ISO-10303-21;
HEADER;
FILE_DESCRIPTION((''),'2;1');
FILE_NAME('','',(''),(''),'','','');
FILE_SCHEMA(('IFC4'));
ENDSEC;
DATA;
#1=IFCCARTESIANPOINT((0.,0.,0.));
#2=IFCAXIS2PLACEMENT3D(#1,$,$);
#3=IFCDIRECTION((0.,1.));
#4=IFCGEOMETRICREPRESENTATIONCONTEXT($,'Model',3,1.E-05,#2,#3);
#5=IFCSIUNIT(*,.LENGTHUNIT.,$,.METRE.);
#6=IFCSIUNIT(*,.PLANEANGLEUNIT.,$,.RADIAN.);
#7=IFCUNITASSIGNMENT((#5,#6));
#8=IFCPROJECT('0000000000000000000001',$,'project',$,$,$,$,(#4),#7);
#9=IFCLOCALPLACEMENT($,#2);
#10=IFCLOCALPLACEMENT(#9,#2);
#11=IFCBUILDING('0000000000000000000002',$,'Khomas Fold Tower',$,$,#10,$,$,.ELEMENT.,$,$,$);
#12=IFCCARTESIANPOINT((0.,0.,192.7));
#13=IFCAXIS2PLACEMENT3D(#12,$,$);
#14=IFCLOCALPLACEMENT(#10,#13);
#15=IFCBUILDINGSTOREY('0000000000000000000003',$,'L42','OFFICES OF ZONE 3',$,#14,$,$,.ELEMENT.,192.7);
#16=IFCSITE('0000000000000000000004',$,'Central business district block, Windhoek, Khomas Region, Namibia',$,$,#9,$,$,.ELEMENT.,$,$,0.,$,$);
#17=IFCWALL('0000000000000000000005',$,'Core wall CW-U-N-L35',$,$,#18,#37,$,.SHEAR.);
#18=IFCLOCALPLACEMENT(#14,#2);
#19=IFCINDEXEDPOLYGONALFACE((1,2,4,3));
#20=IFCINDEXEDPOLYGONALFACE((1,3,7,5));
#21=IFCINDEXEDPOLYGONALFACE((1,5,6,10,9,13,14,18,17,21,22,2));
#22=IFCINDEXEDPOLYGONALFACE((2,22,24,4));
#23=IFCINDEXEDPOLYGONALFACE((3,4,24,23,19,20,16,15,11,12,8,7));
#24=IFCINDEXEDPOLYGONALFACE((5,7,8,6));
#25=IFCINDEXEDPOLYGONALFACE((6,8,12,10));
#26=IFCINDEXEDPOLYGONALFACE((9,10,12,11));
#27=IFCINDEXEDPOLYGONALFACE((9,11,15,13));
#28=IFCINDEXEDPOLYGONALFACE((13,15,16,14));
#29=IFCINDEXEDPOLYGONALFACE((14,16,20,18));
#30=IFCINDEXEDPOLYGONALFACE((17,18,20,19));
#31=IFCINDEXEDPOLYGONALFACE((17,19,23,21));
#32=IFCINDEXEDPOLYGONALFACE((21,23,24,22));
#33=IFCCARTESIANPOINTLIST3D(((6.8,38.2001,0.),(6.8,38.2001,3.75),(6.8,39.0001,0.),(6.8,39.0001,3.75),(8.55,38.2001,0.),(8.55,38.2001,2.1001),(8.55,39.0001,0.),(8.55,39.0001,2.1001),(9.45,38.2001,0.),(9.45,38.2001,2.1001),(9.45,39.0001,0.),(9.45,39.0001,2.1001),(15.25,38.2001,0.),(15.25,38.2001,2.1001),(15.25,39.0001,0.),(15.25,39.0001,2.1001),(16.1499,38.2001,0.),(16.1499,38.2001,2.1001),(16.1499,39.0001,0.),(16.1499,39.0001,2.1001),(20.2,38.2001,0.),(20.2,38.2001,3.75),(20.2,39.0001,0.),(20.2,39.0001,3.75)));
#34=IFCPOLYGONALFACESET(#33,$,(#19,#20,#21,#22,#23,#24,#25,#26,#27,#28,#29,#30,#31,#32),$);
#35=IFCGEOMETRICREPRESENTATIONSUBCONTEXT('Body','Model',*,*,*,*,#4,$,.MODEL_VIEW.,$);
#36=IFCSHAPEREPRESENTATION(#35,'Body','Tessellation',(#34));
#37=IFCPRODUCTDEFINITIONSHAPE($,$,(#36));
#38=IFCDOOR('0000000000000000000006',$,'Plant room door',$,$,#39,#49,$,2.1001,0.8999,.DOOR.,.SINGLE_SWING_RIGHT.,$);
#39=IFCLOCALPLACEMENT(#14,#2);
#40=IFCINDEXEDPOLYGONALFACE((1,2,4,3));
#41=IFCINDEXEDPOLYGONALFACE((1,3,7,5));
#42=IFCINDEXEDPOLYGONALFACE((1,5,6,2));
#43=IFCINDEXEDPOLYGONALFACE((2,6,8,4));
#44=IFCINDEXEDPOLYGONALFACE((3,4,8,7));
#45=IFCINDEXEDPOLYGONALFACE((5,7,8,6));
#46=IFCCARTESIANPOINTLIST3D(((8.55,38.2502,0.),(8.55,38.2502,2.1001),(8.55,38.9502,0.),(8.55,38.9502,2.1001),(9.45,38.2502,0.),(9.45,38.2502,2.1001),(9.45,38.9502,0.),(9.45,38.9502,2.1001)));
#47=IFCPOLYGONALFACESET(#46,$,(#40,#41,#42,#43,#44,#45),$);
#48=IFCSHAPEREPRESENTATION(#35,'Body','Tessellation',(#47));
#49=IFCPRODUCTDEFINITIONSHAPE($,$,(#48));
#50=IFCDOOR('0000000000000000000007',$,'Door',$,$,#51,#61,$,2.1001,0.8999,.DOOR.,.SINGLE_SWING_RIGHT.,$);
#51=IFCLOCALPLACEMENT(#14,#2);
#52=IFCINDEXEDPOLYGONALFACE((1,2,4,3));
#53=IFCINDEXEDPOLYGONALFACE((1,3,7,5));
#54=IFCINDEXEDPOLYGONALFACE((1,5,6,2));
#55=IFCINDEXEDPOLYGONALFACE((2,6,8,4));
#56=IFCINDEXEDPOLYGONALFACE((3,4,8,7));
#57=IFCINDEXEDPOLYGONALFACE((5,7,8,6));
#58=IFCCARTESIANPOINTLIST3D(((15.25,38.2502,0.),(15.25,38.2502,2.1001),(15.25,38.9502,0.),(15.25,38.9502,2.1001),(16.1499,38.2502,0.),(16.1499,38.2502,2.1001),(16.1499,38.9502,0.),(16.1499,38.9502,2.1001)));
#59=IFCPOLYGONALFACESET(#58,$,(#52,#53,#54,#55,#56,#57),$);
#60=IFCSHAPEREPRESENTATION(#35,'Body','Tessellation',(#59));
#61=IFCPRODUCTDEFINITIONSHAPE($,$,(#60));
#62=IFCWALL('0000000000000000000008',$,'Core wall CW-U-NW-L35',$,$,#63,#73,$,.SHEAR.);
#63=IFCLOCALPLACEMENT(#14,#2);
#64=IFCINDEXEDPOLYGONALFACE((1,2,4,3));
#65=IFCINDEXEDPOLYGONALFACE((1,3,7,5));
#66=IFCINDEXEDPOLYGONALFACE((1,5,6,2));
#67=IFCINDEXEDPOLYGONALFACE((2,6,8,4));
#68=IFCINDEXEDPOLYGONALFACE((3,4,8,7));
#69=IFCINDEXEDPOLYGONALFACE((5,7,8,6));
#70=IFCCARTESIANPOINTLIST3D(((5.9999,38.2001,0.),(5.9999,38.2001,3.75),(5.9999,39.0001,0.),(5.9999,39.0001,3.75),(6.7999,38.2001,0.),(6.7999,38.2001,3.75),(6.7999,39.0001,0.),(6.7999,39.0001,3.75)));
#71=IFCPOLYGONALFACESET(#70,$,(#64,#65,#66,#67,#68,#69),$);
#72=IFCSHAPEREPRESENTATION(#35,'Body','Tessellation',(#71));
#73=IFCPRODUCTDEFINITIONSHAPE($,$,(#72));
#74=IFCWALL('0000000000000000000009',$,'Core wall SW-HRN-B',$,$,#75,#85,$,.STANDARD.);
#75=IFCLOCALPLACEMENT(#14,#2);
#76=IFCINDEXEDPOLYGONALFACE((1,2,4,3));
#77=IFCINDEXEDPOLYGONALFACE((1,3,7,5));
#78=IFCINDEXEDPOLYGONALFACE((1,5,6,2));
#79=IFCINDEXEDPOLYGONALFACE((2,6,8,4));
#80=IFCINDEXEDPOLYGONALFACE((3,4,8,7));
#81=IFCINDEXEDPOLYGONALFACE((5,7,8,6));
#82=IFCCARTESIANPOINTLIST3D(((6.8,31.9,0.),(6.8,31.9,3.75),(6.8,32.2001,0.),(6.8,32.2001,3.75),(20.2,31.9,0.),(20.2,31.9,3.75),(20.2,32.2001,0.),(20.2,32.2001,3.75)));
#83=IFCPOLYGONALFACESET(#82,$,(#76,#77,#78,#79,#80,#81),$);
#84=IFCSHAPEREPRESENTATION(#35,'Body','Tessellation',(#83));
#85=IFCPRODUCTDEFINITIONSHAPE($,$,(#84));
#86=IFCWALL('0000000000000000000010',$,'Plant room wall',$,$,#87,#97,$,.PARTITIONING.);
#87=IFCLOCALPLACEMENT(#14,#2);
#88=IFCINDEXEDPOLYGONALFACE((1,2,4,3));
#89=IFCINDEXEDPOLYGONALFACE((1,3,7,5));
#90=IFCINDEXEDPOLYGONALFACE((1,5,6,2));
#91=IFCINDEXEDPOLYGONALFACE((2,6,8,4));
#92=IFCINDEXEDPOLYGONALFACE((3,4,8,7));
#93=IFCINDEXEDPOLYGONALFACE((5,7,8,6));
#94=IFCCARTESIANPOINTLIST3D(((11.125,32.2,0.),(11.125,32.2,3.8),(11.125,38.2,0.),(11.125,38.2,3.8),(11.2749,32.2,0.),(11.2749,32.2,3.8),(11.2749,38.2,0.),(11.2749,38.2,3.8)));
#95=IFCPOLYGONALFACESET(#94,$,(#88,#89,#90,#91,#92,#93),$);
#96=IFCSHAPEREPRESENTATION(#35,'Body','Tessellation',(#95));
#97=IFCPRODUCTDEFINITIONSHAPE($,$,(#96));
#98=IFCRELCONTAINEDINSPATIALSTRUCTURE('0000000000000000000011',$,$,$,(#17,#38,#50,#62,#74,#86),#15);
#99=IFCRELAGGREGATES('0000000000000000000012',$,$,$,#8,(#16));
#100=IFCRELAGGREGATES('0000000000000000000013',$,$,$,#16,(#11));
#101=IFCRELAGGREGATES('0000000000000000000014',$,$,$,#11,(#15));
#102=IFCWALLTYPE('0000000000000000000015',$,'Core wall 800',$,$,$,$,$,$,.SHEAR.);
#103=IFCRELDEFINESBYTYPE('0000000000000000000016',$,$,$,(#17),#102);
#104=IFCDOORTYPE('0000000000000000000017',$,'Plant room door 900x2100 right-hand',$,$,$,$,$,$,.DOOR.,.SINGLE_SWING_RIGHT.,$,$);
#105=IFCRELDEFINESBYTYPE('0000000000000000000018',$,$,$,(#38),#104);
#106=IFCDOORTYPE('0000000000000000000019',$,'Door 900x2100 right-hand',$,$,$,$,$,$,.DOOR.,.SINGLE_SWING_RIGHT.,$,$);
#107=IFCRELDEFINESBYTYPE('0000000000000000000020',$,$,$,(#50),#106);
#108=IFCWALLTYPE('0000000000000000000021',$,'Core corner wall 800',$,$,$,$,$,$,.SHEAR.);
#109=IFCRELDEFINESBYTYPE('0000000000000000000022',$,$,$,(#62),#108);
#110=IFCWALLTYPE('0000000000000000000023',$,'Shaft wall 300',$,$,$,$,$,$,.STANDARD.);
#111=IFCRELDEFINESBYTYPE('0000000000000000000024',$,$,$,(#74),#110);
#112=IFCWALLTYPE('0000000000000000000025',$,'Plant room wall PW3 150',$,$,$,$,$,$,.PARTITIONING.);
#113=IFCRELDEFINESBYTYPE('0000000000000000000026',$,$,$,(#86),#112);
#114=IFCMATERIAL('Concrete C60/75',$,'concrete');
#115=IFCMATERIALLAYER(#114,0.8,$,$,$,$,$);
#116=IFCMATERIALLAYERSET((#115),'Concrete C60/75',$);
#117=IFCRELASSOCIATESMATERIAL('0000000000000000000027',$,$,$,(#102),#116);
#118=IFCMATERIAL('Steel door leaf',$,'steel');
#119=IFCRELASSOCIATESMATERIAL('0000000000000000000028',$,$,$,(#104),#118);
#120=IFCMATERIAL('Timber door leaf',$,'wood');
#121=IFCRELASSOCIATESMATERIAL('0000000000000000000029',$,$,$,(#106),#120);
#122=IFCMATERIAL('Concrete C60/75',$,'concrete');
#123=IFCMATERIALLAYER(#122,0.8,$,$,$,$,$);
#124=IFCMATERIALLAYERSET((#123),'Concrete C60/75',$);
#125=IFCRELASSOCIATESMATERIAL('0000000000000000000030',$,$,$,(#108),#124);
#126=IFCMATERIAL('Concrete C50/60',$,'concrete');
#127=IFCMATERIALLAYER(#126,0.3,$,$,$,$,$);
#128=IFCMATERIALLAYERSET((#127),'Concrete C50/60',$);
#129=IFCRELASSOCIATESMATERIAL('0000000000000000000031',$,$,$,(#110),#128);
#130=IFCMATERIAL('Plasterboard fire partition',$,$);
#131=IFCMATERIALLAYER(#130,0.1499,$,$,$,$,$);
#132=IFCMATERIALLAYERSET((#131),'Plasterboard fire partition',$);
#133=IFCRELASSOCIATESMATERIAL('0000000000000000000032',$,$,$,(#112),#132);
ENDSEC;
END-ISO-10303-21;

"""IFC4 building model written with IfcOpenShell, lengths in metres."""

from ifc_helpers import new_model, si_unit, direction, frame, frame_2d, origin, place, context, subcontext, project, spatial, rectangle, extrude, source, transform, mapped, material, layer, layer_set, type_object, element, fill, save


model = new_model("IFC4")

# Units and contexts
model_context = context("Model", 3, precision=1e-05, world=origin(), true_north=direction((0.0, 1.0)))
body_context = subcontext(model_context, "Body", "Model", "MODEL_VIEW")
ifc_project = project(units=[si_unit("LENGTHUNIT", "METRE"), si_unit("PLANEANGLEUNIT", "RADIAN")], contexts=[model_context])

# Site, building, storey
site_placement = place(None, origin())
site = spatial("IfcSite", under=ifc_project, at=site_placement, Name="Central business district block, Windhoek, Khomas Region, Namibia", CompositionType="ELEMENT", RefElevation=0.0)
building_placement = place(site_placement, origin())
building = spatial("IfcBuilding", under=site, at=building_placement, Name="Khomas Fold Tower", CompositionType="ELEMENT")
storey_placement = place(building_placement, frame((0.0, 0.0, 192.7)))
storey = spatial("IfcBuildingStorey", under=building, at=storey_placement, Name="L42", Description="OFFICES OF ZONE 3", CompositionType="ELEMENT", Elevation=192.7)

# Wall, openings, doors
ifc_material_1 = material(Name="Concrete C60/75", Category="concrete")
ifc_layer_1 = layer(ifc_material_1, 0.8)
ifc_layer_set_1 = layer_set([ifc_layer_1], Name="Concrete C60/75")
wall_type_1 = type_object("IfcWallType", Name="Core wall 800", PredefinedType="SHEAR", material=ifc_layer_set_1)
shared_shape_1 = source(origin(), body_context, "Body", "SweptSolid", [
    extrude(rectangle(XDim=13.3999, YDim=0.8, at=frame_2d((6.7, 0.0))), origin(), (0.0, 0.0, 1.0), 3.75),
])
wall_1_placement = place(storey_placement, frame((6.8, 38.6001, 0.0), z_axis=(0.0, 0.0, 1.0), x_axis=(1.0, 0.0, 0.0)))
wall_1 = element("IfcWall", 1, at=wall_1_placement, inside=storey, type_object=wall_type_1, Name="Core wall CW-U-N-L35", PredefinedType="SHEAR", context=body_context, shape_type="MappedRepresentation", body=[
    mapped(shared_shape_1, transform((0.0, 0.0, 0.0))),
])
shared_shape_2 = source(origin(), body_context, "Body", "SweptSolid", [
    extrude(rectangle(XDim=0.8999, YDim=2.1001, at=frame_2d((0.45, 1.05))), frame((0.0, 0.4099, 0.0), z_axis=(0.0, -1.0, 0.0), x_axis=(1.0, 0.0, 0.0)), (0.0, 0.0, 1.0), 0.8201),
])
opening_1_placement = place(wall_1_placement, frame((1.75, 0.0, 0.0)))
opening_1 = element("IfcOpeningElement", 2, at=opening_1_placement, cuts=wall_1, PredefinedType="OPENING", context=body_context, shape_type="MappedRepresentation", body=[
    mapped(shared_shape_2, transform((0.0, 0.0, 0.0))),
])
opening_2_placement = place(wall_1_placement, frame((8.45, 0.0, 0.0)))
opening_2 = element("IfcOpeningElement", 3, at=opening_2_placement, cuts=wall_1, PredefinedType="OPENING", context=body_context, shape_type="MappedRepresentation", body=[
    mapped(shared_shape_2, transform((0.0, 0.0, 0.0))),
])
ifc_material_2 = material(Name="Steel door leaf", Category="steel")
door_type_1 = type_object("IfcDoorType", Name="Plant room door 900x2100 right-hand", OperationType="SINGLE_SWING_RIGHT", PredefinedType="DOOR", material=ifc_material_2)
shared_shape_3 = source(origin(), body_context, "Body", "SweptSolid", [
    extrude(rectangle(XDim=0.8999, YDim=2.1001, at=frame_2d((0.45, 1.05))), frame((0.0, 0.3501, 0.0), z_axis=(0.0, -1.0, 0.0), x_axis=(1.0, 0.0, 0.0)), (0.0, 0.0, 1.0), 0.7),
])
door_1_placement = place(opening_1_placement, origin())
door_1 = element("IfcDoor", 4, at=door_1_placement, inside=storey, type_object=door_type_1, Name="Plant room door", OperationType="SINGLE_SWING_RIGHT", OverallHeight=2.1001, OverallWidth=0.8999, PredefinedType="DOOR", context=body_context, shape_type="MappedRepresentation", body=[
    mapped(shared_shape_3, transform((0.0, 0.0, 0.0))),
])
fill(opening_1, door_1)
ifc_material_3 = material(Name="Timber door leaf", Category="wood")
door_type_2 = type_object("IfcDoorType", Name="Door 900x2100 right-hand", OperationType="SINGLE_SWING_RIGHT", PredefinedType="DOOR", material=ifc_material_3)
door_2_placement = place(opening_2_placement, origin())
door_2 = element("IfcDoor", 5, at=door_2_placement, inside=storey, type_object=door_type_2, Name="Door", OperationType="SINGLE_SWING_RIGHT", OverallHeight=2.1001, OverallWidth=0.8999, PredefinedType="DOOR", context=body_context, shape_type="MappedRepresentation", body=[
    mapped(shared_shape_3, transform((0.0, 0.0, 0.0))),
])
fill(opening_2, door_2)

# Walls
ifc_material_4 = material(Name="Concrete C60/75", Category="concrete")
ifc_layer_2 = layer(ifc_material_4, 0.8)
ifc_layer_set_2 = layer_set([ifc_layer_2], Name="Concrete C60/75")
wall_type_2 = type_object("IfcWallType", Name="Core corner wall 800", PredefinedType="SHEAR", material=ifc_layer_set_2)
shared_shape_4 = source(origin(), body_context, "Body", "SweptSolid", [
    extrude(rectangle(XDim=0.8, YDim=0.8, at=frame_2d((0.3999, 0.0))), origin(), (0.0, 0.0, 1.0), 3.75),
])
wall_2_placement = place(storey_placement, frame((6.0, 38.6001, 0.0), z_axis=(0.0, 0.0, 1.0), x_axis=(1.0, 0.0, 0.0)))
element("IfcWall", 6, at=wall_2_placement, inside=storey, type_object=wall_type_2, Name="Core wall CW-U-NW-L35", PredefinedType="SHEAR", context=body_context, shape_type="MappedRepresentation", body=[
    mapped(shared_shape_4, transform((0.0, 0.0, 0.0))),
])
ifc_material_5 = material(Name="Concrete C50/60", Category="concrete")
ifc_layer_3 = layer(ifc_material_5, 0.3)
ifc_layer_set_3 = layer_set([ifc_layer_3], Name="Concrete C50/60")
wall_type_3 = type_object("IfcWallType", Name="Shaft wall 300", PredefinedType="STANDARD", material=ifc_layer_set_3)
shared_shape_5 = source(origin(), body_context, "Body", "SweptSolid", [
    extrude(rectangle(XDim=13.3999, YDim=0.3, at=frame_2d((6.7, 0.0))), origin(), (0.0, 0.0, 1.0), 3.75),
])
wall_3_placement = place(storey_placement, frame((6.8, 32.05, 0.0), z_axis=(0.0, 0.0, 1.0), x_axis=(1.0, 0.0, 0.0)))
element("IfcWall", 7, at=wall_3_placement, inside=storey, type_object=wall_type_3, Name="Core wall SW-HRN-B", PredefinedType="STANDARD", context=body_context, shape_type="MappedRepresentation", body=[
    mapped(shared_shape_5, transform((0.0, 0.0, 0.0))),
])
ifc_material_6 = material(Name="Plasterboard fire partition")
ifc_layer_4 = layer(ifc_material_6, 0.1499)
ifc_layer_set_4 = layer_set([ifc_layer_4], Name="Plasterboard fire partition")
wall_type_4 = type_object("IfcWallType", Name="Plant room wall PW3 150", PredefinedType="PARTITIONING", material=ifc_layer_set_4)
shared_shape_6 = source(origin(), body_context, "Body", "SweptSolid", [
    extrude(rectangle(XDim=6.0, YDim=0.1499, at=frame_2d((3.0, 0.0))), origin(), (0.0, 0.0, 1.0), 3.8),
])
wall_4_placement = place(storey_placement, frame((11.2, 32.2, 0.0), z_axis=(0.0, 0.0, 1.0), x_axis=(0.0, 1.0, 0.0)))
element("IfcWall", 8, at=wall_4_placement, inside=storey, type_object=wall_type_4, Name="Plant room wall", PredefinedType="PARTITIONING", context=body_context, shape_type="MappedRepresentation", body=[
    mapped(shared_shape_6, transform((0.0, 0.0, 0.0))),
])

save(model, "model.ifc")
